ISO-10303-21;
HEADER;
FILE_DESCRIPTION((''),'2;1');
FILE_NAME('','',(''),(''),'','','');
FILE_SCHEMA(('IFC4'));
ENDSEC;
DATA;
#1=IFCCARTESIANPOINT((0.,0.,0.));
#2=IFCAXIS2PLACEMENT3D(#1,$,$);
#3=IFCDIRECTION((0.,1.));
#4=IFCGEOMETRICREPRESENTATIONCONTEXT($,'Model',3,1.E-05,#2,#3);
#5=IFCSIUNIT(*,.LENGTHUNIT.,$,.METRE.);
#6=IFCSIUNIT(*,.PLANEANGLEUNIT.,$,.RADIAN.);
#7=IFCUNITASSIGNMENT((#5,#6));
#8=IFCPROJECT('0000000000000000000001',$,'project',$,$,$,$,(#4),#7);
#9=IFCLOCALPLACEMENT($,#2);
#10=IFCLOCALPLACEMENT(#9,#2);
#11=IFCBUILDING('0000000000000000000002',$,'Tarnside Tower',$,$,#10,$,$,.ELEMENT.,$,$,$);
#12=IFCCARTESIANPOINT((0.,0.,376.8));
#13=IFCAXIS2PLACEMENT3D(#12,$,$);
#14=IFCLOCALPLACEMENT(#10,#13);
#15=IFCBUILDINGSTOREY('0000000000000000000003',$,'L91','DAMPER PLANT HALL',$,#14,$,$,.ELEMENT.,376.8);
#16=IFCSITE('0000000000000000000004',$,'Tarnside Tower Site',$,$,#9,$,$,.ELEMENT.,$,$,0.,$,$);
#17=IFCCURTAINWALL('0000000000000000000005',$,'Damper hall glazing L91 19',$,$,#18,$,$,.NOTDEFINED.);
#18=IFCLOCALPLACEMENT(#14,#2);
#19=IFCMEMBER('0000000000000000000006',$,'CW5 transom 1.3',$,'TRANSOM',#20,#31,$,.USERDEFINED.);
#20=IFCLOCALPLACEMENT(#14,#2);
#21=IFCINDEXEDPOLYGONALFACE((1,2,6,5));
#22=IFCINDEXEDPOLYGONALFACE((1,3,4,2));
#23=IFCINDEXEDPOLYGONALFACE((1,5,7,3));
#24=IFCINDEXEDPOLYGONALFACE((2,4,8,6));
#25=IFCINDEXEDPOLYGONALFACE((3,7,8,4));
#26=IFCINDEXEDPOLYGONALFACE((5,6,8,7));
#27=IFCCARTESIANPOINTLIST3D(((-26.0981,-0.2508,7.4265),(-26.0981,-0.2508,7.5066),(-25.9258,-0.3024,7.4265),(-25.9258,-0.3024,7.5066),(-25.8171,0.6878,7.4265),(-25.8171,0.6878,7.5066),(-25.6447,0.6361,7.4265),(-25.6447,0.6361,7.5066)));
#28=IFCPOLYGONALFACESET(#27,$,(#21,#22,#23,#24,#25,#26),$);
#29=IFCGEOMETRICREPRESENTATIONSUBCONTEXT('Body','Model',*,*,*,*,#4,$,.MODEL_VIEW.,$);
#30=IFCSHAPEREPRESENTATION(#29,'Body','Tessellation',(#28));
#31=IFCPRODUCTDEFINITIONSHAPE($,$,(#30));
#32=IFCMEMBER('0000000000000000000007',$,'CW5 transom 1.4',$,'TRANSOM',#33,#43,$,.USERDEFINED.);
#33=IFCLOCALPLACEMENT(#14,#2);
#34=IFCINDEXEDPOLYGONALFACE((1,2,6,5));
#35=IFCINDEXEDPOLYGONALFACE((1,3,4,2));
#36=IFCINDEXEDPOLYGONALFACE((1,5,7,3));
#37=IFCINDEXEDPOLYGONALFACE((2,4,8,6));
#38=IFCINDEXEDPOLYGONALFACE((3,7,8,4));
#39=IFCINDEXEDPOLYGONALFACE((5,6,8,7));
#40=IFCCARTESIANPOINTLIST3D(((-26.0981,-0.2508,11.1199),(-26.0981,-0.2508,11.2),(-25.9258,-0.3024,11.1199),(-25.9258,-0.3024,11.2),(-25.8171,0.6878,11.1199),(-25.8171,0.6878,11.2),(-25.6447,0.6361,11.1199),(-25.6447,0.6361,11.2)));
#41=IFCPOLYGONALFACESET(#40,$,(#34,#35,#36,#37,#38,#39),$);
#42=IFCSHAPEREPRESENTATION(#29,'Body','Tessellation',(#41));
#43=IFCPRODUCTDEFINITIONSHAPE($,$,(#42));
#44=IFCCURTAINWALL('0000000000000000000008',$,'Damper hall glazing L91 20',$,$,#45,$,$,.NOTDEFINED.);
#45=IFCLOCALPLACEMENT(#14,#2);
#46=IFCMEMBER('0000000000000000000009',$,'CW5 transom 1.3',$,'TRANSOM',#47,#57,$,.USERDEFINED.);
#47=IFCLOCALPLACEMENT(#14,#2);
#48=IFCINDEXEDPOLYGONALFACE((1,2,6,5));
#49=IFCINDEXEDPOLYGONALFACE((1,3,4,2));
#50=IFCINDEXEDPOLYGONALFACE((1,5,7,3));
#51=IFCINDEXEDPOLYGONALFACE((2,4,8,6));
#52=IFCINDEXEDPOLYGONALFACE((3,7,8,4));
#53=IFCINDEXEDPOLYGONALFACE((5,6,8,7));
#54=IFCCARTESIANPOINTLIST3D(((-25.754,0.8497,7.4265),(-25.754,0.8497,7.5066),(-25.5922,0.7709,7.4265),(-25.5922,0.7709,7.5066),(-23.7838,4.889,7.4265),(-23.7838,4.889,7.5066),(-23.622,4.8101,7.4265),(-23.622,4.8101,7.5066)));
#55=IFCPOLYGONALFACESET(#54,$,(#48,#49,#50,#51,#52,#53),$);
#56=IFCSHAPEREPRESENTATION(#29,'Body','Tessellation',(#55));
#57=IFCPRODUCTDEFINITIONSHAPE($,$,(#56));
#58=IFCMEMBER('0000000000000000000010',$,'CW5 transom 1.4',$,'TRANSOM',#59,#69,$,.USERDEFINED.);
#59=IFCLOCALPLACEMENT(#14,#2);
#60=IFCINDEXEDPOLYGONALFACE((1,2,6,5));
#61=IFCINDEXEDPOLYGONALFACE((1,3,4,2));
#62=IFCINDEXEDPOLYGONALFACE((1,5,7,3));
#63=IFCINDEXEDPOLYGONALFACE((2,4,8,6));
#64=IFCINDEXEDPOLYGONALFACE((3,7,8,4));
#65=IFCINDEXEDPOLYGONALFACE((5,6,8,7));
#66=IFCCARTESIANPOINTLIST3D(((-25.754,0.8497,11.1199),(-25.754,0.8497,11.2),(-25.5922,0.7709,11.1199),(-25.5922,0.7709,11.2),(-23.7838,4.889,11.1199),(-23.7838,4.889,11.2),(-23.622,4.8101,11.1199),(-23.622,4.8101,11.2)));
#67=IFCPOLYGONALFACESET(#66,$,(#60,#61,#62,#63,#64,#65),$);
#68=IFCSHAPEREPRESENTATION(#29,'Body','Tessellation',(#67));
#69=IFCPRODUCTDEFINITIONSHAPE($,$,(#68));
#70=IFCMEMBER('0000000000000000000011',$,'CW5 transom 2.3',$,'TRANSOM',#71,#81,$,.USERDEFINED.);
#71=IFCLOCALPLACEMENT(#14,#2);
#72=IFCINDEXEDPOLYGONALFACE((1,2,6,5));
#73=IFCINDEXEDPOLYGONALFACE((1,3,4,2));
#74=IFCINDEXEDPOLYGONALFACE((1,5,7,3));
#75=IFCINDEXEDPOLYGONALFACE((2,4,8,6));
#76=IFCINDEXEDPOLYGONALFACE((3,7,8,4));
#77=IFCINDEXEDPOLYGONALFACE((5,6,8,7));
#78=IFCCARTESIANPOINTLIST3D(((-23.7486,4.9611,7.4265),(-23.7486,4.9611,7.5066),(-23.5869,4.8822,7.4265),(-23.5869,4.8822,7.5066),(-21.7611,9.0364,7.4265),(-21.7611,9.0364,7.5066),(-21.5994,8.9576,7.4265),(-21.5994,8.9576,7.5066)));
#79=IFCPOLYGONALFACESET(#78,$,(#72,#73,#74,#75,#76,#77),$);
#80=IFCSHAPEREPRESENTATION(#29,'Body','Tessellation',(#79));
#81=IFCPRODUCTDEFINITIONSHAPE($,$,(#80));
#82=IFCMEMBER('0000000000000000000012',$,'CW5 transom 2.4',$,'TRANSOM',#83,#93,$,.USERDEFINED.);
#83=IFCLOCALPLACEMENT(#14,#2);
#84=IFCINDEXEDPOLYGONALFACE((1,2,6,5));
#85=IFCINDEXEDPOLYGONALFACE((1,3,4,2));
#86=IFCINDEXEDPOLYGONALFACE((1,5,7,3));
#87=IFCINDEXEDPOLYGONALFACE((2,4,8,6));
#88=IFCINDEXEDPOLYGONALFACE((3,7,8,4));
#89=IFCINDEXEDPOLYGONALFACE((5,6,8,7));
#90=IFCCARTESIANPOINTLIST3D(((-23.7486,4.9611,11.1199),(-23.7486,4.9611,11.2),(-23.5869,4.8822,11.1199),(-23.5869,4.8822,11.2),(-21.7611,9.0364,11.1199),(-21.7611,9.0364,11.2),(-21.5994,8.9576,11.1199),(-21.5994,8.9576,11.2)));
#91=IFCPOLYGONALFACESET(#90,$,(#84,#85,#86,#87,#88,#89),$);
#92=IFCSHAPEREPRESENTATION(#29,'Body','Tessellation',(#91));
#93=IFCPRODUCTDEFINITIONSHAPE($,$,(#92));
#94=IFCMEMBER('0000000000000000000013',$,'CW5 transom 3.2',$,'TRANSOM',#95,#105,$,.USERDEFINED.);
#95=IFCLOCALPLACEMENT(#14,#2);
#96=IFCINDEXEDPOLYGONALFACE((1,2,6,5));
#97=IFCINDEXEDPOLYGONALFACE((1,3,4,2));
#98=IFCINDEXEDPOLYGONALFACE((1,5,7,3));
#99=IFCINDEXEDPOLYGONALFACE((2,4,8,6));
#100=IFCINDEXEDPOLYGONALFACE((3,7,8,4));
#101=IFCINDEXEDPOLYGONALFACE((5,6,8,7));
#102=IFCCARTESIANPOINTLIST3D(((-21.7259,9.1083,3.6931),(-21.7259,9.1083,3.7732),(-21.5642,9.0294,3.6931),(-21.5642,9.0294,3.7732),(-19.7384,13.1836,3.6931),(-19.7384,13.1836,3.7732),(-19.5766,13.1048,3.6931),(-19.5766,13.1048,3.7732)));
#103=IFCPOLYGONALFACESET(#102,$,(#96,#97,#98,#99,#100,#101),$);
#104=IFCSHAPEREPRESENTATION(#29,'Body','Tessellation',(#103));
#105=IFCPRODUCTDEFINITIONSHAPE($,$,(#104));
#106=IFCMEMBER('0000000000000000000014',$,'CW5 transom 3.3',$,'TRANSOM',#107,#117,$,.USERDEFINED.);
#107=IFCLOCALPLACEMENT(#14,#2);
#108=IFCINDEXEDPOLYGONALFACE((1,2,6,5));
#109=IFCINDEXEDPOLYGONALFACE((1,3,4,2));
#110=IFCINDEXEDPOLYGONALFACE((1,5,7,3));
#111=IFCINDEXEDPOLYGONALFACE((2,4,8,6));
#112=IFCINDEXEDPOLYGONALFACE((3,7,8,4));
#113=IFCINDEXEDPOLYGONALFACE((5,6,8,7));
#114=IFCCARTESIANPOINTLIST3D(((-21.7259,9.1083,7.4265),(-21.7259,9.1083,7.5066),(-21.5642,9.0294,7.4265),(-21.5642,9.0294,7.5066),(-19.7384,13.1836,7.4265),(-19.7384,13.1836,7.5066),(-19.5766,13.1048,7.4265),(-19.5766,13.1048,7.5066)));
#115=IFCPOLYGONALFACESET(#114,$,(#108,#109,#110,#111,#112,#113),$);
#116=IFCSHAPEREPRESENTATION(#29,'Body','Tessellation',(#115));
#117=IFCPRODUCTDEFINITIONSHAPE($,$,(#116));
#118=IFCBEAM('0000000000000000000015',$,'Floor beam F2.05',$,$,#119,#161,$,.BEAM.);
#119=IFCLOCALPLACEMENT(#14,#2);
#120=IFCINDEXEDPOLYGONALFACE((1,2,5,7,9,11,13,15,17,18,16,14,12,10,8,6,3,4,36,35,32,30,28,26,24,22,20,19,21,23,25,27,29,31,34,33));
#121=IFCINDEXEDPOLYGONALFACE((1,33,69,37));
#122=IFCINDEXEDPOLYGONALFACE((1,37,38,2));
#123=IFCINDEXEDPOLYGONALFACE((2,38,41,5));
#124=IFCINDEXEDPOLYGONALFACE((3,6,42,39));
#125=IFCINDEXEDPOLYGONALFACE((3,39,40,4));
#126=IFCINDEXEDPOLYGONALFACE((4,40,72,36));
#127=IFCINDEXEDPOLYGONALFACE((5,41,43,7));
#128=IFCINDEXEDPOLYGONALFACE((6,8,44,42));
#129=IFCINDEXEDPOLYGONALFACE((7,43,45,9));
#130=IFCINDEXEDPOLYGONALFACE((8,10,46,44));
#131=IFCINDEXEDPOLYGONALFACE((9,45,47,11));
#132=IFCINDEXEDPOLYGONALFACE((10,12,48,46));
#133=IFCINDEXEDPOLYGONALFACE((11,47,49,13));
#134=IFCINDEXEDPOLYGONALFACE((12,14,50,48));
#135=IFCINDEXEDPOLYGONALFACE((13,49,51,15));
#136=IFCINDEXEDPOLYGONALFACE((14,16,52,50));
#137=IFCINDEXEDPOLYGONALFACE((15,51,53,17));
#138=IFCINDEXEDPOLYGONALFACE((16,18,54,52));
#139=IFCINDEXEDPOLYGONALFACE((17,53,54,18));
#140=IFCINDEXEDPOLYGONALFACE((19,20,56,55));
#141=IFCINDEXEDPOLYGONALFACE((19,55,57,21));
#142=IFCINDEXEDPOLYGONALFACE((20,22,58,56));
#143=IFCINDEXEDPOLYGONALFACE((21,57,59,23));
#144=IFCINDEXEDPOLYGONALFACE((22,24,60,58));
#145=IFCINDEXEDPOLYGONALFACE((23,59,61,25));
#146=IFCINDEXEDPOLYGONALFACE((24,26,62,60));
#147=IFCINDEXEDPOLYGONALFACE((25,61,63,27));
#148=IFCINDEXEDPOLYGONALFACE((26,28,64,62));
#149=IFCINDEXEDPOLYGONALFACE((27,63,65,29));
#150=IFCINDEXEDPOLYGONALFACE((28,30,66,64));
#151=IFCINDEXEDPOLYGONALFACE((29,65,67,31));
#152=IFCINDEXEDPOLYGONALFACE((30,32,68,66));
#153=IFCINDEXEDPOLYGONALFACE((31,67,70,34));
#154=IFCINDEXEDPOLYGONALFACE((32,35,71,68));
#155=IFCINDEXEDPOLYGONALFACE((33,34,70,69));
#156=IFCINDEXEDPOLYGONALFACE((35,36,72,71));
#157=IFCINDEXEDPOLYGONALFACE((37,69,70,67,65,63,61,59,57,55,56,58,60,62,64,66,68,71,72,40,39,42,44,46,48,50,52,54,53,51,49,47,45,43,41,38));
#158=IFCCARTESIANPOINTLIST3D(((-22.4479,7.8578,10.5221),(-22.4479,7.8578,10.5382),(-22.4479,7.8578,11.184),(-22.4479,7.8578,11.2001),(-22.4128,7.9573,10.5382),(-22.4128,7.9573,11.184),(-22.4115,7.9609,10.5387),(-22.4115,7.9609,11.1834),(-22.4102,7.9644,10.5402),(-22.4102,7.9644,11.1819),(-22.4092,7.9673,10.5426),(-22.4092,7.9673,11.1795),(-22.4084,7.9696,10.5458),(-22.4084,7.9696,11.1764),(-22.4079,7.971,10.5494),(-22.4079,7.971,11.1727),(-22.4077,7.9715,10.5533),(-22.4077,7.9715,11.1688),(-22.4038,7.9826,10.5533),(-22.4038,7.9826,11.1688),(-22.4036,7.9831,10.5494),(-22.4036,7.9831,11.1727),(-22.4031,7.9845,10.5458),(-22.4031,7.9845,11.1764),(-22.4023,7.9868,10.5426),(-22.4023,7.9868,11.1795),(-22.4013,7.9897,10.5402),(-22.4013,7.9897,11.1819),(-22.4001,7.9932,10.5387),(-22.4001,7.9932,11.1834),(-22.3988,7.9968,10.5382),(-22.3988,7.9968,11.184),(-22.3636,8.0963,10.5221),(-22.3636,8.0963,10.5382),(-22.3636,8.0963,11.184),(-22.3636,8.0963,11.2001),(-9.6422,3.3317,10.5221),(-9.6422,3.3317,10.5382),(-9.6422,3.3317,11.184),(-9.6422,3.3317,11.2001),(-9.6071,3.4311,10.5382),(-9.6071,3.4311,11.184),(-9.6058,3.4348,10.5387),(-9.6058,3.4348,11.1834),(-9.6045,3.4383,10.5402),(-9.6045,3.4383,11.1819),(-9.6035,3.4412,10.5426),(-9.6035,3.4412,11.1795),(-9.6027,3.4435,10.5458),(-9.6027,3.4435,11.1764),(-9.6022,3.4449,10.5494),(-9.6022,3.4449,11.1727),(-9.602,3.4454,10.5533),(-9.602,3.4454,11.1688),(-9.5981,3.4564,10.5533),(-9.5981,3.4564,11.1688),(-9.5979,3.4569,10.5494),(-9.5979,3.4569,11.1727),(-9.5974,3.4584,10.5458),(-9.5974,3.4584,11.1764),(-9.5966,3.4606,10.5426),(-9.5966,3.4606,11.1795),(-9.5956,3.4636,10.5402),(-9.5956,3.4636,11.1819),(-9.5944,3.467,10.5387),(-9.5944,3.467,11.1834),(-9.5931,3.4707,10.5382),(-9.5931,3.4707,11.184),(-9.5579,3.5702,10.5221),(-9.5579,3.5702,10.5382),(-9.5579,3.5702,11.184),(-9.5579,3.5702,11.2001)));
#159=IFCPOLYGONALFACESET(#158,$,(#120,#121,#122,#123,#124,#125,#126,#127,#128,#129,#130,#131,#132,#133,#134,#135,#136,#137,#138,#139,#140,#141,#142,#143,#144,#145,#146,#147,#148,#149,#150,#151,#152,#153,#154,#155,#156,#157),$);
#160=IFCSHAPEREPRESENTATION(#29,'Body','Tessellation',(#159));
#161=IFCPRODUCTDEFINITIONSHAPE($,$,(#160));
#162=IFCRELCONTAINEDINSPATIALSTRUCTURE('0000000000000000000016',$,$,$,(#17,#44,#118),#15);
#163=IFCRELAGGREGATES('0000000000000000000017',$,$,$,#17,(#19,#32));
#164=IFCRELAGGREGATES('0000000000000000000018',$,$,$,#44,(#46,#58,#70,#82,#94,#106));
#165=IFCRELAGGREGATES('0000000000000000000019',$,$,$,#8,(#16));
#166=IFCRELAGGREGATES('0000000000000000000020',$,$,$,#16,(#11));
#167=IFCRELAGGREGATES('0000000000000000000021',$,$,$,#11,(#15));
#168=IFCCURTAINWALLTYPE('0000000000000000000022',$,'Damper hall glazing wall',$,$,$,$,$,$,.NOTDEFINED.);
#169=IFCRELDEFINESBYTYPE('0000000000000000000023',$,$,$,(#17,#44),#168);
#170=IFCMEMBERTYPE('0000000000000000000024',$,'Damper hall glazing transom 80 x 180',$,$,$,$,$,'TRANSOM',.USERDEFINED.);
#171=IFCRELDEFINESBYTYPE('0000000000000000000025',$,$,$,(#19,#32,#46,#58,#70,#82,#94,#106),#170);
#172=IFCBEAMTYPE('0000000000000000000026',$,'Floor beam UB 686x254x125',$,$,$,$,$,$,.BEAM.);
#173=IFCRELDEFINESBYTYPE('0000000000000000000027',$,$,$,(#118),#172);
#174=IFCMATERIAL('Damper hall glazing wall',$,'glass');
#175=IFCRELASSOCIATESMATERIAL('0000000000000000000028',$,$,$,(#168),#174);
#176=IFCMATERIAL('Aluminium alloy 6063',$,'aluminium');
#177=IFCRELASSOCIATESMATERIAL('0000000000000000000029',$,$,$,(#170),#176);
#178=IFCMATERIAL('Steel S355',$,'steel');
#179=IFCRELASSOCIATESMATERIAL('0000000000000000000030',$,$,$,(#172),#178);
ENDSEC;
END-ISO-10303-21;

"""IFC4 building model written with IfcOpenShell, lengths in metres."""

from ifc_helpers import new_model, si_unit, direction, frame, origin, origin_2d, place, context, subcontext, project, spatial, rectangle, i_section, extrude, material, material_profile, profile_set, type_object, element, aggregate, save


model = new_model("IFC4")

# Units and contexts
model_context = context("Model", 3, precision=1e-05, world=origin(), true_north=direction((0.0, 1.0)))
body_context = subcontext(model_context, "Body", "Model", "MODEL_VIEW")
ifc_project = project(units=[si_unit("LENGTHUNIT", "METRE"), si_unit("PLANEANGLEUNIT", "RADIAN")], contexts=[model_context])

# Site, building, storey
site_placement = place(None, origin())
site = spatial("IfcSite", under=ifc_project, at=site_placement, Name="Tarnside Tower Site", CompositionType="ELEMENT", RefElevation=0.0)
building_placement = place(site_placement, origin())
building = spatial("IfcBuilding", under=site, at=building_placement, Name="Tarnside Tower", CompositionType="ELEMENT")
storey_placement = place(building_placement, frame((0.0, 0.0, 376.8)))
storey = spatial("IfcBuildingStorey", under=building, at=storey_placement, Name="L91", Description="DAMPER PLANT HALL", CompositionType="ELEMENT", Elevation=376.8)

# Curtain walls, members
ifc_material_1 = material(Name="Damper hall glazing wall", Category="glass")
curtain_wall_type = type_object("IfcCurtainWallType", Name="Damper hall glazing wall", PredefinedType="NOTDEFINED", material=ifc_material_1)
curtain_wall_1_placement = place(storey_placement, origin())
curtain_wall_1 = element("IfcCurtainWall", 1, at=curtain_wall_1_placement, inside=storey, type_object=curtain_wall_type, Name="Damper hall glazing L91 19", PredefinedType="NOTDEFINED")
ifc_material_2 = material(Name="Aluminium alloy 6063", Category="aluminium")
ifc_material_profile_1 = material_profile(ifc_material_2, rectangle(XDim=0.1799, YDim=0.0801, at=origin_2d()), Name="Damper hall glazing transom 80 x 180")
ifc_profile_set_1 = profile_set([ifc_material_profile_1], Name="Aluminium alloy 6063")
member_type = type_object("IfcMemberType", Name="Damper hall glazing transom 80 x 180", ElementType="TRANSOM", PredefinedType="USERDEFINED", material=ifc_profile_set_1)
member_1_placement = place(storey_placement, frame((-26.012, -0.2766, 7.4666), z_axis=(0.286845, 0.957977, 0.0), x_axis=(-0.957977, 0.286845, 0.0)))
member_1 = element("IfcMember", 2, at=member_1_placement, type_object=member_type, Name="CW5 transom 1.3", ObjectType="TRANSOM", PredefinedType="USERDEFINED", context=body_context, shape_type="SweptSolid", body=[
    extrude(rectangle(XDim=0.1799, YDim=0.0801, at=origin_2d()), origin(), (0.0, 0.0, 1.0), 0.9797),
])
member_2_placement = place(storey_placement, frame((-26.012, -0.2766, 11.1599), z_axis=(0.286845, 0.957977, 0.0), x_axis=(-0.957977, 0.286845, 0.0)))
member_2 = element("IfcMember", 3, at=member_2_placement, type_object=member_type, Name="CW5 transom 1.4", ObjectType="TRANSOM", PredefinedType="USERDEFINED", context=body_context, shape_type="SweptSolid", body=[
    extrude(rectangle(XDim=0.1799, YDim=0.0801, at=origin_2d()), origin(), (0.0, 0.0, 1.0), 0.9797),
])
curtain_wall_2_placement = place(storey_placement, origin())
curtain_wall_2 = element("IfcCurtainWall", 4, at=curtain_wall_2_placement, inside=storey, type_object=curtain_wall_type, Name="Damper hall glazing L91 20", PredefinedType="NOTDEFINED")
member_3_placement = place(storey_placement, frame((-25.6731, 0.8103, 7.4666), z_axis=(0.438392, 0.898784, 0.0), x_axis=(-0.898784, 0.438392, 0.0)))
member_3 = element("IfcMember", 5, at=member_3_placement, type_object=member_type, Name="CW5 transom 1.3", ObjectType="TRANSOM", PredefinedType="USERDEFINED", context=body_context, shape_type="SweptSolid", body=[
    extrude(rectangle(XDim=0.1799, YDim=0.0801, at=origin_2d()), origin(), (0.0, 0.0, 1.0), 4.4941),
])
member_4_placement = place(storey_placement, frame((-25.6731, 0.8103, 11.1599), z_axis=(0.438392, 0.898784, 0.0), x_axis=(-0.898784, 0.438392, 0.0)))
member_4 = element("IfcMember", 6, at=member_4_placement, type_object=member_type, Name="CW5 transom 1.4", ObjectType="TRANSOM", PredefinedType="USERDEFINED", context=body_context, shape_type="SweptSolid", body=[
    extrude(rectangle(XDim=0.1799, YDim=0.0801, at=origin_2d()), origin(), (0.0, 0.0, 1.0), 4.4941),
])
member_5_placement = place(storey_placement, frame((-23.6677, 4.9216, 7.4666), z_axis=(0.43834, 0.898809, 0.0), x_axis=(-0.898809, 0.43834, 0.0)))
member_5 = element("IfcMember", 7, at=member_5_placement, type_object=member_type, Name="CW5 transom 2.3", ObjectType="TRANSOM", PredefinedType="USERDEFINED", context=body_context, shape_type="SweptSolid", body=[
    extrude(rectangle(XDim=0.1799, YDim=0.0801, at=origin_2d()), origin(), (0.0, 0.0, 1.0), 4.5342),
])
member_6_placement = place(storey_placement, frame((-23.6677, 4.9216, 11.1599), z_axis=(0.43834, 0.898809, 0.0), x_axis=(-0.898809, 0.43834, 0.0)))
member_6 = element("IfcMember", 8, at=member_6_placement, type_object=member_type, Name="CW5 transom 2.4", ObjectType="TRANSOM", PredefinedType="USERDEFINED", context=body_context, shape_type="SweptSolid", body=[
    extrude(rectangle(XDim=0.1799, YDim=0.0801, at=origin_2d()), origin(), (0.0, 0.0, 1.0), 4.5342),
])
member_7_placement = place(storey_placement, frame((-21.645, 9.0688, 3.7332), z_axis=(0.43834, 0.898809, 0.0), x_axis=(-0.898809, 0.43834, 0.0)))
member_7 = element("IfcMember", 9, at=member_7_placement, type_object=member_type, Name="CW5 transom 3.2", ObjectType="TRANSOM", PredefinedType="USERDEFINED", context=body_context, shape_type="SweptSolid", body=[
    extrude(rectangle(XDim=0.1799, YDim=0.0801, at=origin_2d()), origin(), (0.0, 0.0, 1.0), 4.5342),
])
member_8_placement = place(storey_placement, frame((-21.645, 9.0688, 7.4666), z_axis=(0.43834, 0.898809, 0.0), x_axis=(-0.898809, 0.43834, 0.0)))
member_8 = element("IfcMember", 10, at=member_8_placement, type_object=member_type, Name="CW5 transom 3.3", ObjectType="TRANSOM", PredefinedType="USERDEFINED", context=body_context, shape_type="SweptSolid", body=[
    extrude(rectangle(XDim=0.1799, YDim=0.0801, at=origin_2d()), origin(), (0.0, 0.0, 1.0), 4.5342),
])

# Beam
ifc_material_3 = material(Name="Steel S355", Category="steel")
ifc_material_profile_2 = material_profile(ifc_material_3, i_section(OverallWidth=0.2529, OverallDepth=0.678, WebThickness=0.0117, FlangeThickness=0.0161, FilletRadius=0.0151, at=origin_2d()), Name="UB 686x254x125")
ifc_profile_set_2 = profile_set([ifc_material_profile_2], Name="Steel S355")
beam_type_1 = type_object("IfcBeamType", Name="Floor beam UB 686x254x125", PredefinedType="BEAM", material=ifc_profile_set_2)
beam_1_placement = place(storey_placement, frame((-22.4058, 7.9771, 10.8611), z_axis=(0.942841, -0.333244, 0.0), x_axis=(0.333244, 0.942841, 0.0)))
element("IfcBeam", 11, at=beam_1_placement, inside=storey, type_object=beam_type_1, Name="Floor beam F2.05", PredefinedType="BEAM", context=body_context, shape_type="SweptSolid", body=[
    extrude(i_section(OverallWidth=0.2529, OverallDepth=0.678, WebThickness=0.0117, FlangeThickness=0.0161, FilletRadius=0.0151, at=origin_2d()), origin(), (0.0, 0.0, 1.0), 13.582),
])

aggregate(curtain_wall_1, [member_1, member_2])
aggregate(curtain_wall_2, [member_3, member_4, member_5, member_6, member_7, member_8])

save(model, "model.ifc")
